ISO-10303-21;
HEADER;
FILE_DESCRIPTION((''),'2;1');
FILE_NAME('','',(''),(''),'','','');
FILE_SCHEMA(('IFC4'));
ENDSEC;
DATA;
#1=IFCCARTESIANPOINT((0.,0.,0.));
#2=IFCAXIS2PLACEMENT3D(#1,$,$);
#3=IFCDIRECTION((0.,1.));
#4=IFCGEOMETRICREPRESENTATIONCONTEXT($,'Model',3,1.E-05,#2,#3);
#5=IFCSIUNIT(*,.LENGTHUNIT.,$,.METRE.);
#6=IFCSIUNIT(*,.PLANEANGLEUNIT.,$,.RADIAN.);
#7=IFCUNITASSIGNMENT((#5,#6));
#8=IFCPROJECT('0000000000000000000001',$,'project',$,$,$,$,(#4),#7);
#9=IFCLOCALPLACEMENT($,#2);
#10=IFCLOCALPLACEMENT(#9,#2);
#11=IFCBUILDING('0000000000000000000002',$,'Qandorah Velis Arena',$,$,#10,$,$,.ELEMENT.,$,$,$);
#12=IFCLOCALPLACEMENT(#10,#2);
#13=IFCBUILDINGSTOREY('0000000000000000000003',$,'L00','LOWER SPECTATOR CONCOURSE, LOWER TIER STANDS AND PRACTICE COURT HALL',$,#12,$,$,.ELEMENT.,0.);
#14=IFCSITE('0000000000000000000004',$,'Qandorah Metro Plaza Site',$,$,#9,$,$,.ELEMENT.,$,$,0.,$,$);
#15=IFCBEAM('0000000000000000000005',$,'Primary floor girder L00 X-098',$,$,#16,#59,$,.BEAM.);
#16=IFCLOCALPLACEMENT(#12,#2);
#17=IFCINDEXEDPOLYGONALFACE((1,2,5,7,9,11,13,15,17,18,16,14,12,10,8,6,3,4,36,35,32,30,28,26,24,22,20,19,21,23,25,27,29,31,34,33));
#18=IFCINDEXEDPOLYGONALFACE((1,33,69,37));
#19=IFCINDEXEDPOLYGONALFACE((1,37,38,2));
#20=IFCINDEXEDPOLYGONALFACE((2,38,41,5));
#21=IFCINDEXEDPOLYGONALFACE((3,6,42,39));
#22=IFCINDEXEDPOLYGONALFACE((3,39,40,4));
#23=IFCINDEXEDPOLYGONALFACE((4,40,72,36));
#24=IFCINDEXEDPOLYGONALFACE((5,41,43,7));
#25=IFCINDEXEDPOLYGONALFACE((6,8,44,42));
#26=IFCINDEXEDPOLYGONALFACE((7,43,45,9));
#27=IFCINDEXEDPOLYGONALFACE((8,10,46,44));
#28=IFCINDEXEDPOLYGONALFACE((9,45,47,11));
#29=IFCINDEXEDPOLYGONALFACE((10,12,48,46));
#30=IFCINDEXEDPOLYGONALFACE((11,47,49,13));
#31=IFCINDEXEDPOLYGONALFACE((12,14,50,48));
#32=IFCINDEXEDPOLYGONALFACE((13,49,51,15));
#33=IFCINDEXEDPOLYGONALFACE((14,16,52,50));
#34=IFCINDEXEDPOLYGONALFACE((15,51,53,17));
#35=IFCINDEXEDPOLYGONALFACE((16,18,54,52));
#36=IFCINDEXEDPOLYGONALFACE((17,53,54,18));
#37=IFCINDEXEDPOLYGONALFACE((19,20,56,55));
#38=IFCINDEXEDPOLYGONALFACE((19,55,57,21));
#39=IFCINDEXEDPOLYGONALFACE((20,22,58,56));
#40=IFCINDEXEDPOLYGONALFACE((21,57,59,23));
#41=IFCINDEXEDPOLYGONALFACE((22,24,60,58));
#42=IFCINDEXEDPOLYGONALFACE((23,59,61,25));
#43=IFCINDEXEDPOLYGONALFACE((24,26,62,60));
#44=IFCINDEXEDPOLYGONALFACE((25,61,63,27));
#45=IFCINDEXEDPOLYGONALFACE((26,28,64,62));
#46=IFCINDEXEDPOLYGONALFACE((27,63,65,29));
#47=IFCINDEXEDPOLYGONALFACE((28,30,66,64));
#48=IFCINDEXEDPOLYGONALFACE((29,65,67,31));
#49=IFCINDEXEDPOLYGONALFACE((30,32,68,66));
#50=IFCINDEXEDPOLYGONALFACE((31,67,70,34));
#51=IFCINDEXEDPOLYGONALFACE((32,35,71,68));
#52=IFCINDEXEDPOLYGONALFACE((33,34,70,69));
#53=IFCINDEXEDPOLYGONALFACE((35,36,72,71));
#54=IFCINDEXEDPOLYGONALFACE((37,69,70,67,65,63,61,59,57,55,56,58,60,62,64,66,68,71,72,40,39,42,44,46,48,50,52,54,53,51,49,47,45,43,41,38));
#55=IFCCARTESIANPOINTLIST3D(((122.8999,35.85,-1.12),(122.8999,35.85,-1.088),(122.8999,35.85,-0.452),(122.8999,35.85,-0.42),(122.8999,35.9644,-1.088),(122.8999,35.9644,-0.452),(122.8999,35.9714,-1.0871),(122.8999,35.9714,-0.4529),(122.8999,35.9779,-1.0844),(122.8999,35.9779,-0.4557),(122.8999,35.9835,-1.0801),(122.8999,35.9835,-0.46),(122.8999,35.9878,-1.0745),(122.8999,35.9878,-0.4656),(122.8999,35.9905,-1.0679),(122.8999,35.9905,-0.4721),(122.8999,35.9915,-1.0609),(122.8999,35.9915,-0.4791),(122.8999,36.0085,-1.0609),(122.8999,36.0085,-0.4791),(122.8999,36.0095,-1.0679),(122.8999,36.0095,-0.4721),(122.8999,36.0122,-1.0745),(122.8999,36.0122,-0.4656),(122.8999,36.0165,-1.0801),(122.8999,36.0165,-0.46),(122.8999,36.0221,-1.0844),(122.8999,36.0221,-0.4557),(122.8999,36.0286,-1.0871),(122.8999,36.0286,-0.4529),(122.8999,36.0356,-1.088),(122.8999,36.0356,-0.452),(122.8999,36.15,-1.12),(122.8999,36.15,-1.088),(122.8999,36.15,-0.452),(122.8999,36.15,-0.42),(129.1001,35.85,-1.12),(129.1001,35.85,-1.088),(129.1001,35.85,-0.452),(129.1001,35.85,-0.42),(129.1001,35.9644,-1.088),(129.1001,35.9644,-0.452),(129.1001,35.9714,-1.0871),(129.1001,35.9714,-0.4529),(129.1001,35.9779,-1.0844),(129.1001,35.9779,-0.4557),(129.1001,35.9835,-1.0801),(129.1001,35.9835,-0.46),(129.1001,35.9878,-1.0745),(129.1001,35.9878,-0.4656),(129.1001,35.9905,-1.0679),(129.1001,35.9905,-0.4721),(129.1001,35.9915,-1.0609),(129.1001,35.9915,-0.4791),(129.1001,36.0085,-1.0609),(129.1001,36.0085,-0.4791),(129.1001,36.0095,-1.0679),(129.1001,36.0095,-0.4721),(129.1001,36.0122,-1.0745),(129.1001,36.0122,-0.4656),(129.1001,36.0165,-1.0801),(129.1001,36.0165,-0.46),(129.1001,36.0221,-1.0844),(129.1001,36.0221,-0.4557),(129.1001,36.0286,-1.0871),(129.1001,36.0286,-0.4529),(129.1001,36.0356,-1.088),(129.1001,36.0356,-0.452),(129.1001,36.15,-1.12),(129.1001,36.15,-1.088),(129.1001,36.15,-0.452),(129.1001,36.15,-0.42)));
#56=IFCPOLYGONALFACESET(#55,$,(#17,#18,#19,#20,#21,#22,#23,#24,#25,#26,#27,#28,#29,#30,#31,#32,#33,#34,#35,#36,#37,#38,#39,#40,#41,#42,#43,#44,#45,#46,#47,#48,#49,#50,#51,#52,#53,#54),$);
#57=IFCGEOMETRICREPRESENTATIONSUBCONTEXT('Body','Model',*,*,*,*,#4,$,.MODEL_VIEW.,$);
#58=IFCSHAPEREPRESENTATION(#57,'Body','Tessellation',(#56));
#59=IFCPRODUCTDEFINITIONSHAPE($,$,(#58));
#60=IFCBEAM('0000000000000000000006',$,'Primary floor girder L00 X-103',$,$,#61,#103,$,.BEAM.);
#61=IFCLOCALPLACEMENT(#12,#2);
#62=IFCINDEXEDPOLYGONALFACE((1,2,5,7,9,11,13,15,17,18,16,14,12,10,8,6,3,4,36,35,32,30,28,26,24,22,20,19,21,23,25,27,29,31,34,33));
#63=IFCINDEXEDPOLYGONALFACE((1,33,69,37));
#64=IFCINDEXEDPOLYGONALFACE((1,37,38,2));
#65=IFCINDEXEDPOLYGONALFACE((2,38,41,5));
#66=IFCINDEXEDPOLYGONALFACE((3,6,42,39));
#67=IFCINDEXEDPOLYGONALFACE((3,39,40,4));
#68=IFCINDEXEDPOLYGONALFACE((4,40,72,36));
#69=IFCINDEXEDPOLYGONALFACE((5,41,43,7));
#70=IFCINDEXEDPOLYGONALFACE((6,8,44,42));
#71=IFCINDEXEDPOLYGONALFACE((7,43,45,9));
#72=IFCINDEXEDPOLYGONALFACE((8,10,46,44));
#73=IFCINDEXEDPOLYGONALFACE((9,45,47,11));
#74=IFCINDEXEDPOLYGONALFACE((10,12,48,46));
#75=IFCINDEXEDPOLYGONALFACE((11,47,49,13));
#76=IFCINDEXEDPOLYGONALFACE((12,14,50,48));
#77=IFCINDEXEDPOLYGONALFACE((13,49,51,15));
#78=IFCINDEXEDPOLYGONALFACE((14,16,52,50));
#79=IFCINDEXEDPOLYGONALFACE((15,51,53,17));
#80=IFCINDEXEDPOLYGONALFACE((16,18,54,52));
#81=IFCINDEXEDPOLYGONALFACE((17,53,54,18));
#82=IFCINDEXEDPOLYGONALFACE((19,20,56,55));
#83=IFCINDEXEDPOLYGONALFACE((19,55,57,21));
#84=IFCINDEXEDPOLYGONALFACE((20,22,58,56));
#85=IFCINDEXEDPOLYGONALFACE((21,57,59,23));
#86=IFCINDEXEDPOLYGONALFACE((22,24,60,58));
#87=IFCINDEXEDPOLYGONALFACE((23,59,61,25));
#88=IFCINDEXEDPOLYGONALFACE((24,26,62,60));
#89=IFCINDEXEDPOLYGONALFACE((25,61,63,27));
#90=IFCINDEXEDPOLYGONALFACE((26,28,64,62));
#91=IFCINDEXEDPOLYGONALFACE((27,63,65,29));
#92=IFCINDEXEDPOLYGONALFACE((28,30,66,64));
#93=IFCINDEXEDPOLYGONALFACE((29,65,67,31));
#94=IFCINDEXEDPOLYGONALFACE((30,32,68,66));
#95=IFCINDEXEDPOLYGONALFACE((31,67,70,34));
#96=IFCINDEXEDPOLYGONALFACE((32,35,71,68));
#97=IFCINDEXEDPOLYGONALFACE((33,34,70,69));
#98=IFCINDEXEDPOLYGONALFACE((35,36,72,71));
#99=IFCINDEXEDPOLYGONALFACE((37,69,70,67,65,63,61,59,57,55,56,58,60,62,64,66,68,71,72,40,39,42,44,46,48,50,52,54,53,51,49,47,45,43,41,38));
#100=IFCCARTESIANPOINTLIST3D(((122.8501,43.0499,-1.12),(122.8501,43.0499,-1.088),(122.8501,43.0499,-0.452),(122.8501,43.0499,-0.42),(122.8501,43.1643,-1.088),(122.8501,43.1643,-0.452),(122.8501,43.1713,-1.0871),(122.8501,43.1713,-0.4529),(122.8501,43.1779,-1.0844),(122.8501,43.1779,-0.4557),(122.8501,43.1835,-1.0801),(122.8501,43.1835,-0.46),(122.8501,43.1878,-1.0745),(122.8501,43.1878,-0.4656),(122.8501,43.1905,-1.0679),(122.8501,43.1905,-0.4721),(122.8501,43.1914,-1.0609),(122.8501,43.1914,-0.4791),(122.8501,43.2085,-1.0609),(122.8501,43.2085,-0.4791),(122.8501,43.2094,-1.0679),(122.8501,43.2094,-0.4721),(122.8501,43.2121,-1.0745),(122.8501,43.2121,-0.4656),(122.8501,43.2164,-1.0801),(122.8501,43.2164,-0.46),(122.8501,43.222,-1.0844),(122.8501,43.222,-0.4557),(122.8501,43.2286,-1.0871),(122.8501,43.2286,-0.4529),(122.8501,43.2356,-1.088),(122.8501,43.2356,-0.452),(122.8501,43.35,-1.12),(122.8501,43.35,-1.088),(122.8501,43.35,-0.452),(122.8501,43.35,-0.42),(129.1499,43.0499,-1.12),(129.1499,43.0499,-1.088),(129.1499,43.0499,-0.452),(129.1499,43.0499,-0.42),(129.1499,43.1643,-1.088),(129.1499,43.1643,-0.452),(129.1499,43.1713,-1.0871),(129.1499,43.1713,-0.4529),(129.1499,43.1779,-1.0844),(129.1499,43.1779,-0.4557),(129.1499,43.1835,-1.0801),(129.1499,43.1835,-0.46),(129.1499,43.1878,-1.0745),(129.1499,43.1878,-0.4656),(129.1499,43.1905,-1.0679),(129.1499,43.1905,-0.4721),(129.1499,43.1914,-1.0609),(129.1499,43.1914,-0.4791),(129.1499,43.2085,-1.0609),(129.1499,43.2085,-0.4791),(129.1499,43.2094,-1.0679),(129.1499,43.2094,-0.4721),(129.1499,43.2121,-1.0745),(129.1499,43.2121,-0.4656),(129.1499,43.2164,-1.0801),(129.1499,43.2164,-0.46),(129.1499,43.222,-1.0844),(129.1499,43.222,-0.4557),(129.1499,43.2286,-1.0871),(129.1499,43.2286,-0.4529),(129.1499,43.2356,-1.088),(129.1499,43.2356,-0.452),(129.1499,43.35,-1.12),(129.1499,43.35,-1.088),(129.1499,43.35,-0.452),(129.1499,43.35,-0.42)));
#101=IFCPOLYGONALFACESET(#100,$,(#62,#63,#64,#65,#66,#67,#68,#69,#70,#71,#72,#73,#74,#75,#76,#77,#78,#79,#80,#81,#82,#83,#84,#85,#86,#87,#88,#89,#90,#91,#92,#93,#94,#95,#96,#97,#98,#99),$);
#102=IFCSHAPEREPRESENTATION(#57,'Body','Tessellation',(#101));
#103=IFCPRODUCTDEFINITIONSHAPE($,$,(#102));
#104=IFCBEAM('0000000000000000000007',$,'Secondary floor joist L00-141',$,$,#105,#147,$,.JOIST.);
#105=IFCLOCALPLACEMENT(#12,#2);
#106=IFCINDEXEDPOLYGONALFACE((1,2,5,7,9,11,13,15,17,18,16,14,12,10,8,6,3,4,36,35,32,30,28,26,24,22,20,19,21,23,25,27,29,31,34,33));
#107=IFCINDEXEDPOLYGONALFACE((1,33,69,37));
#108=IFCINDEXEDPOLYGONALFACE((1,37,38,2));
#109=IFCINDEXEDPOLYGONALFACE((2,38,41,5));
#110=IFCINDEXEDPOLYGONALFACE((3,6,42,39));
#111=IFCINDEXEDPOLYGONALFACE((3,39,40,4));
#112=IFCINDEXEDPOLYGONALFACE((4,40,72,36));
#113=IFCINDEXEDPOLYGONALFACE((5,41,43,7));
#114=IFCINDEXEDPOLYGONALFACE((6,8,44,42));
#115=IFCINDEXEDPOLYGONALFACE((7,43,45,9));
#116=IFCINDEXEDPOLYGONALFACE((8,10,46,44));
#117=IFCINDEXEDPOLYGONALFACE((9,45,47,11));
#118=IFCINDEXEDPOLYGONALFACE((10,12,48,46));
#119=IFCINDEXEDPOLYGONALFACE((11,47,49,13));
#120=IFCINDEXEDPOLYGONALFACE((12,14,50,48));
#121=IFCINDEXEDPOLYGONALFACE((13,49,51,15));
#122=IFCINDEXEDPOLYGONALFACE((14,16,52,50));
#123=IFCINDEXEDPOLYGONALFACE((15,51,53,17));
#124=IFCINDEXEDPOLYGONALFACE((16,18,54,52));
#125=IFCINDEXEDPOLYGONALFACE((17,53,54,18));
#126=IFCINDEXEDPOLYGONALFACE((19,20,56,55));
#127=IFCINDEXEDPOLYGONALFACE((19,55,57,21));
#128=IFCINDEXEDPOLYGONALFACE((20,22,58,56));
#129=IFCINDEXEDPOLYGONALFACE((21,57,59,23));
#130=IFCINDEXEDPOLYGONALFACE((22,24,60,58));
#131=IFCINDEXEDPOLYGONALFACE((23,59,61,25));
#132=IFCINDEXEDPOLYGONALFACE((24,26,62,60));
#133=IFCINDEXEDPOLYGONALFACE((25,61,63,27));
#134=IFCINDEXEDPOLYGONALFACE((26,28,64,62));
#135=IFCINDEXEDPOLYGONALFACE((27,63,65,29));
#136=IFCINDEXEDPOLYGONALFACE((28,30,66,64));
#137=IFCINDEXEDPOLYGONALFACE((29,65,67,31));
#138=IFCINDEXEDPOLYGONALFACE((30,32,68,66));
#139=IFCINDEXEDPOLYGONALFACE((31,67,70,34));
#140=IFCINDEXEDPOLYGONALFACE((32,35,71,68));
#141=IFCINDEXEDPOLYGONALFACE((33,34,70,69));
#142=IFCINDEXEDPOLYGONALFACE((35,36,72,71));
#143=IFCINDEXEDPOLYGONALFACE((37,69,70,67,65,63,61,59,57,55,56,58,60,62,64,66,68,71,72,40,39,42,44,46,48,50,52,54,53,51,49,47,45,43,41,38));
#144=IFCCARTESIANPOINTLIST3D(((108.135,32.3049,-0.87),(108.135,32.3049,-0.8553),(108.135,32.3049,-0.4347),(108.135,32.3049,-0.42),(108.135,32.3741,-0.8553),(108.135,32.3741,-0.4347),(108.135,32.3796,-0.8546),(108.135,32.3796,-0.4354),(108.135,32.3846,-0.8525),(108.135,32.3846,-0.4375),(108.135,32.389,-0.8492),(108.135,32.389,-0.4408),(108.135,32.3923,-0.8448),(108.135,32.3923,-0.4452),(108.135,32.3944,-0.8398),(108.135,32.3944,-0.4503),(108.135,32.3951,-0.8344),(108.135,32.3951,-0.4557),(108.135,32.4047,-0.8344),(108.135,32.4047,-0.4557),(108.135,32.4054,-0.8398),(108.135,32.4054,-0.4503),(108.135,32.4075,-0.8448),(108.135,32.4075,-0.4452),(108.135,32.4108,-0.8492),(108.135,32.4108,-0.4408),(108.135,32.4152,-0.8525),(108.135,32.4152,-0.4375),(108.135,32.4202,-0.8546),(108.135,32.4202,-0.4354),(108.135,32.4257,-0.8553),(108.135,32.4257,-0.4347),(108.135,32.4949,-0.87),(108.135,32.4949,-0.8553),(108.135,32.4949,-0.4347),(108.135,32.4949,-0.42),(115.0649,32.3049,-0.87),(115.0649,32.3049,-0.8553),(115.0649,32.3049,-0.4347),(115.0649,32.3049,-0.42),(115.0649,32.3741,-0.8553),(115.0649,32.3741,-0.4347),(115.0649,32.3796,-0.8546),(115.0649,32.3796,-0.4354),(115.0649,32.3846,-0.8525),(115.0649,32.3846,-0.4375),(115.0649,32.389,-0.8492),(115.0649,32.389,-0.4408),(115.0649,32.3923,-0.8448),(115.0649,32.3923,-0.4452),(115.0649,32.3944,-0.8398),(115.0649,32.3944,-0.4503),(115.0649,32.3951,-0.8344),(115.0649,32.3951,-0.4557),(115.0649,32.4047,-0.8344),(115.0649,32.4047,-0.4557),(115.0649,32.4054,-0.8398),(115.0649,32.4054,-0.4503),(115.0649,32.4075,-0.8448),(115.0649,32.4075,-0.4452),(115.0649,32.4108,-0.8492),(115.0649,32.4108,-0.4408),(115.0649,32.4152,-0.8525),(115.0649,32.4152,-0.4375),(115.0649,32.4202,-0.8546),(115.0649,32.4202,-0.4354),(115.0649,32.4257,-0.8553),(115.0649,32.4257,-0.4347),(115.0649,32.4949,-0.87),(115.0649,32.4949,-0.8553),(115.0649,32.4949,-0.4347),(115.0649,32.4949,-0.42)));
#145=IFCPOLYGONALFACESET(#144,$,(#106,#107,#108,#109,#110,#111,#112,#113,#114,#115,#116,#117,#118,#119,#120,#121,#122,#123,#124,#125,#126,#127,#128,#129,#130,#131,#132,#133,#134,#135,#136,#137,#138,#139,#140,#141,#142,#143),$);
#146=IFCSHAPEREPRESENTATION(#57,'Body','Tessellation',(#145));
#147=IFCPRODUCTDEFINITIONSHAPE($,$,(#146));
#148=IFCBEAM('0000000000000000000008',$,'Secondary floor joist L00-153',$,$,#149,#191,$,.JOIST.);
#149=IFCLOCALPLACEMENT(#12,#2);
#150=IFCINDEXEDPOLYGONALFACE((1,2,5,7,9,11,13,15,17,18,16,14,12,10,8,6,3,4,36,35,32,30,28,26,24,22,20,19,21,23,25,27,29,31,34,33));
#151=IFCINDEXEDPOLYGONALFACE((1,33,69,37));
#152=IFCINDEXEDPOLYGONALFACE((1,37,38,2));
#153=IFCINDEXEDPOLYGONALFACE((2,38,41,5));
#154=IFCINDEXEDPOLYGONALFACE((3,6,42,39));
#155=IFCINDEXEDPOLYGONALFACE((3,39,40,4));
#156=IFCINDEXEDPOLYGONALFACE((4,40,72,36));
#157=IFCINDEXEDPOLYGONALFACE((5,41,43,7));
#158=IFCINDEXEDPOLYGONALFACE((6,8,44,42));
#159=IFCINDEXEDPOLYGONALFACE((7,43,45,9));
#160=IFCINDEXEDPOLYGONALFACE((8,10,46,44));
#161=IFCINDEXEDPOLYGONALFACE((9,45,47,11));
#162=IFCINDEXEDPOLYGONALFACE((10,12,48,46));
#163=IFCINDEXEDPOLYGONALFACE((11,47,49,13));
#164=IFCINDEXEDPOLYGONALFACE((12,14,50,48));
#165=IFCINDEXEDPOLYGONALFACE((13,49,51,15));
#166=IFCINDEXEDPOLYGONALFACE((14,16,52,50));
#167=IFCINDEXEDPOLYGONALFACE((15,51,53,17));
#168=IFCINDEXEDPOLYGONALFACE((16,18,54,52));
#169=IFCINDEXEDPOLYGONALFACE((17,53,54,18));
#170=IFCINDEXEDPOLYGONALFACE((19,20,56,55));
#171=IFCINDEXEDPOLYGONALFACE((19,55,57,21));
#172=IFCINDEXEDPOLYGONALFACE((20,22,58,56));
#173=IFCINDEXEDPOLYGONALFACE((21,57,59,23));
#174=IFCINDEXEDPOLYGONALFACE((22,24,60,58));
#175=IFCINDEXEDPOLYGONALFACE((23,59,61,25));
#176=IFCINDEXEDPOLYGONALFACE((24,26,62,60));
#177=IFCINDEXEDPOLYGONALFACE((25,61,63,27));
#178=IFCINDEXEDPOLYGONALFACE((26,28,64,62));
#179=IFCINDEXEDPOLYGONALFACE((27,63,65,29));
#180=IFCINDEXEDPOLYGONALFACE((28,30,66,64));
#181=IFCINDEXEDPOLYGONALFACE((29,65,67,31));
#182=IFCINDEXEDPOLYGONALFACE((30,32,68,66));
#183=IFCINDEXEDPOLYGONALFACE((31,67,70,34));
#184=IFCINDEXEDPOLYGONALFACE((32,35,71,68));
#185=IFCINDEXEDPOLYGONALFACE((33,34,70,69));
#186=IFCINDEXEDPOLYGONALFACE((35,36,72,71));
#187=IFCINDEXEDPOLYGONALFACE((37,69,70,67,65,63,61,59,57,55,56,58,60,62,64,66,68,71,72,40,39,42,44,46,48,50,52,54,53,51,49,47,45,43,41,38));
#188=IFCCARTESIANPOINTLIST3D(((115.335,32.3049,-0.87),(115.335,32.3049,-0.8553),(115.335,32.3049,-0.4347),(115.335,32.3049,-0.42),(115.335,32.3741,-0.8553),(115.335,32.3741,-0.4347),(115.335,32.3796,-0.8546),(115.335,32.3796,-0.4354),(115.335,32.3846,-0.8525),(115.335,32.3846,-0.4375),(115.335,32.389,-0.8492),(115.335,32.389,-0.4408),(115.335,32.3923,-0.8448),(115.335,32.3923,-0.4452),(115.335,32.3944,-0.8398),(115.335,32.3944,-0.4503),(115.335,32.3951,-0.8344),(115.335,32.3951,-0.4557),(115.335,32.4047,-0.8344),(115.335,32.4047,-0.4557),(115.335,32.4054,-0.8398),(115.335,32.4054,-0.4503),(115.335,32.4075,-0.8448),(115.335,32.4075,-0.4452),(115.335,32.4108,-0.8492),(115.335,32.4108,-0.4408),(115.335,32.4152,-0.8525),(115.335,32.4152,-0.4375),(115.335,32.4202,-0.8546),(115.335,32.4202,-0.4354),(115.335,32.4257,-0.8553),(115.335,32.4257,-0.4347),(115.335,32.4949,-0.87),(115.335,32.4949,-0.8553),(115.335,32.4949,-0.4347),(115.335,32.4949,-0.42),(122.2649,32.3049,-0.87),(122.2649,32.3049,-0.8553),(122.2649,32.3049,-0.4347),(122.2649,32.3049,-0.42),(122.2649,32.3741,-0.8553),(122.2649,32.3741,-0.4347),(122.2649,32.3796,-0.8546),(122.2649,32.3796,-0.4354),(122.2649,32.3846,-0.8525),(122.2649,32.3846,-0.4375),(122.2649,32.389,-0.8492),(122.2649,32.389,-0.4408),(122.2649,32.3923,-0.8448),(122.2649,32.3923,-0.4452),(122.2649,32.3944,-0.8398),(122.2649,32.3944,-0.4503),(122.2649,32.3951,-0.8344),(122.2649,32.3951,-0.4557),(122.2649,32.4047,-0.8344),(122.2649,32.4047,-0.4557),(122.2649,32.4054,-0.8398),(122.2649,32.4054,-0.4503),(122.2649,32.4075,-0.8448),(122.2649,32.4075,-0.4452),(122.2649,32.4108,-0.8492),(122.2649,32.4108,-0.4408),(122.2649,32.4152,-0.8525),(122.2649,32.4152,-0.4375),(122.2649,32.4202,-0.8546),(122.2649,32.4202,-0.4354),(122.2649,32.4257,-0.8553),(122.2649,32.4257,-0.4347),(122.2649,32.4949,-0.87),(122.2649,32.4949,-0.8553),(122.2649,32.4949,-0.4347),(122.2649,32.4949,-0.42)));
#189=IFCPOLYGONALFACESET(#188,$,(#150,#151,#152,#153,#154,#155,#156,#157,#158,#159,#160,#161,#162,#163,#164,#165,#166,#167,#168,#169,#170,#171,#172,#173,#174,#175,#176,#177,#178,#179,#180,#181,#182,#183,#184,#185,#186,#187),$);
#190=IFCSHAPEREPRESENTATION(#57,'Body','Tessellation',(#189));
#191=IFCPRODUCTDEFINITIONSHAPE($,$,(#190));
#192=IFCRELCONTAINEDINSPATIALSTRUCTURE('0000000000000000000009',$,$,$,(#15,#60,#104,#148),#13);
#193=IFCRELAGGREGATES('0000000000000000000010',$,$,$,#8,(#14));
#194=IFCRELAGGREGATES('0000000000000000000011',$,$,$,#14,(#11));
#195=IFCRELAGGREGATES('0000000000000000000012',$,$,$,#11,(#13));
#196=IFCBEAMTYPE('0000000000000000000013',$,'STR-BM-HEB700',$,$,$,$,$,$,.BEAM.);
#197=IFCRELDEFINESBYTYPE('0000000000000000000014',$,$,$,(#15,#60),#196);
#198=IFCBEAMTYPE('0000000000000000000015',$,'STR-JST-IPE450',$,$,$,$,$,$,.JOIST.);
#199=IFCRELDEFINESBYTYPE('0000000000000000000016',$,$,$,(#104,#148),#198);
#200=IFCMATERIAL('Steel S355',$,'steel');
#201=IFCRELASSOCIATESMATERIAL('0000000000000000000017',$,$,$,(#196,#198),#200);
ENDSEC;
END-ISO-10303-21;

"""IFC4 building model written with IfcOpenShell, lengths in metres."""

from ifc_helpers import new_model, si_unit, direction, frame, origin, origin_2d, place, context, subcontext, project, spatial, i_section, extrude, material, material_profile, profile_set, type_object, element, save


model = new_model("IFC4")

# Units and contexts
model_context = context("Model", 3, precision=1e-05, world=origin(), true_north=direction((0.0, 1.0)))
body_context = subcontext(model_context, "Body", "Model", "MODEL_VIEW")
ifc_project = project(units=[si_unit("LENGTHUNIT", "METRE"), si_unit("PLANEANGLEUNIT", "RADIAN")], contexts=[model_context])

# Site, building, storey
site_placement = place(None, origin())
site = spatial("IfcSite", under=ifc_project, at=site_placement, Name="Qandorah Metro Plaza Site", CompositionType="ELEMENT", RefElevation=0.0)
building_placement = place(site_placement, origin())
building = spatial("IfcBuilding", under=site, at=building_placement, Name="Qandorah Velis Arena", CompositionType="ELEMENT")
storey_placement = place(building_placement, origin())
storey = spatial("IfcBuildingStorey", under=building, at=storey_placement, Name="L00", Description="LOWER SPECTATOR CONCOURSE, LOWER TIER STANDS AND PRACTICE COURT HALL", CompositionType="ELEMENT", Elevation=0.0)

# Beams
ifc_material_1 = material(Name="Steel S355", Category="steel")
ifc_material_profile_1 = material_profile(ifc_material_1, i_section(OverallWidth=0.3, OverallDepth=0.7, WebThickness=0.0171, FlangeThickness=0.032, FilletRadius=0.0271, at=origin_2d()), Name="HEB 700")
ifc_profile_set_1 = profile_set([ifc_material_profile_1], Name="Steel S355")
beam_type_1 = type_object("IfcBeamType", Name="STR-BM-HEB700", PredefinedType="BEAM", material=ifc_profile_set_1)
beam_1_placement = place(storey_placement, frame((122.8999, 36.0, -0.77), z_axis=(1.0, 0.0, 0.0), x_axis=(0.0, 1.0, 0.0)))
element("IfcBeam", 1, at=beam_1_placement, inside=storey, type_object=beam_type_1, Name="Primary floor girder L00 X-098", PredefinedType="BEAM", context=body_context, shape_type="SweptSolid", body=[
    extrude(i_section(OverallWidth=0.3, OverallDepth=0.7, WebThickness=0.0171, FlangeThickness=0.032, FilletRadius=0.0271, at=origin_2d()), origin(), (0.0, 0.0, 1.0), 6.2002),
])
beam_2_placement = place(storey_placement, frame((122.8501, 43.2, -0.77), z_axis=(1.0, 0.0, 0.0), x_axis=(0.0, 1.0, 0.0)))
element("IfcBeam", 2, at=beam_2_placement, inside=storey, type_object=beam_type_1, Name="Primary floor girder L00 X-103", PredefinedType="BEAM", context=body_context, shape_type="SweptSolid", body=[
    extrude(i_section(OverallWidth=0.3, OverallDepth=0.7, WebThickness=0.0171, FlangeThickness=0.032, FilletRadius=0.0271, at=origin_2d()), origin(), (0.0, 0.0, 1.0), 6.2998),
])
ifc_material_profile_2 = material_profile(ifc_material_1, i_section(OverallWidth=0.1899, OverallDepth=0.45, WebThickness=0.0095, FlangeThickness=0.0146, FilletRadius=0.021, at=origin_2d()), Name="IPE 450")
ifc_profile_set_2 = profile_set([ifc_material_profile_2], Name="Steel S355")
beam_type_2 = type_object("IfcBeamType", Name="STR-JST-IPE450", PredefinedType="JOIST", material=ifc_profile_set_2)
for number, where, z_axis, x_axis, name in (
    (3, (108.135, 32.3999, -0.645), (1.0, 0.0, 0.0), (0.0, 1.0, 0.0), "Secondary floor joist L00-141"),
    (4, (115.335, 32.3999, -0.645), (1.0, 0.0, 0.0), (0.0, 1.0, 0.0), "Secondary floor joist L00-153"),
):
    element("IfcBeam", number, at=place(storey_placement, frame(where, z_axis=z_axis, x_axis=x_axis)), inside=storey, type_object=beam_type_2, Name=name, PredefinedType="JOIST", context=body_context, shape_type="SweptSolid", body=[
        extrude(i_section(OverallWidth=0.1899, OverallDepth=0.45, WebThickness=0.0095, FlangeThickness=0.0146, FilletRadius=0.021, at=origin_2d()), origin(), (0.0, 0.0, 1.0), 6.9299),
    ])

save(model, "model.ifc")
